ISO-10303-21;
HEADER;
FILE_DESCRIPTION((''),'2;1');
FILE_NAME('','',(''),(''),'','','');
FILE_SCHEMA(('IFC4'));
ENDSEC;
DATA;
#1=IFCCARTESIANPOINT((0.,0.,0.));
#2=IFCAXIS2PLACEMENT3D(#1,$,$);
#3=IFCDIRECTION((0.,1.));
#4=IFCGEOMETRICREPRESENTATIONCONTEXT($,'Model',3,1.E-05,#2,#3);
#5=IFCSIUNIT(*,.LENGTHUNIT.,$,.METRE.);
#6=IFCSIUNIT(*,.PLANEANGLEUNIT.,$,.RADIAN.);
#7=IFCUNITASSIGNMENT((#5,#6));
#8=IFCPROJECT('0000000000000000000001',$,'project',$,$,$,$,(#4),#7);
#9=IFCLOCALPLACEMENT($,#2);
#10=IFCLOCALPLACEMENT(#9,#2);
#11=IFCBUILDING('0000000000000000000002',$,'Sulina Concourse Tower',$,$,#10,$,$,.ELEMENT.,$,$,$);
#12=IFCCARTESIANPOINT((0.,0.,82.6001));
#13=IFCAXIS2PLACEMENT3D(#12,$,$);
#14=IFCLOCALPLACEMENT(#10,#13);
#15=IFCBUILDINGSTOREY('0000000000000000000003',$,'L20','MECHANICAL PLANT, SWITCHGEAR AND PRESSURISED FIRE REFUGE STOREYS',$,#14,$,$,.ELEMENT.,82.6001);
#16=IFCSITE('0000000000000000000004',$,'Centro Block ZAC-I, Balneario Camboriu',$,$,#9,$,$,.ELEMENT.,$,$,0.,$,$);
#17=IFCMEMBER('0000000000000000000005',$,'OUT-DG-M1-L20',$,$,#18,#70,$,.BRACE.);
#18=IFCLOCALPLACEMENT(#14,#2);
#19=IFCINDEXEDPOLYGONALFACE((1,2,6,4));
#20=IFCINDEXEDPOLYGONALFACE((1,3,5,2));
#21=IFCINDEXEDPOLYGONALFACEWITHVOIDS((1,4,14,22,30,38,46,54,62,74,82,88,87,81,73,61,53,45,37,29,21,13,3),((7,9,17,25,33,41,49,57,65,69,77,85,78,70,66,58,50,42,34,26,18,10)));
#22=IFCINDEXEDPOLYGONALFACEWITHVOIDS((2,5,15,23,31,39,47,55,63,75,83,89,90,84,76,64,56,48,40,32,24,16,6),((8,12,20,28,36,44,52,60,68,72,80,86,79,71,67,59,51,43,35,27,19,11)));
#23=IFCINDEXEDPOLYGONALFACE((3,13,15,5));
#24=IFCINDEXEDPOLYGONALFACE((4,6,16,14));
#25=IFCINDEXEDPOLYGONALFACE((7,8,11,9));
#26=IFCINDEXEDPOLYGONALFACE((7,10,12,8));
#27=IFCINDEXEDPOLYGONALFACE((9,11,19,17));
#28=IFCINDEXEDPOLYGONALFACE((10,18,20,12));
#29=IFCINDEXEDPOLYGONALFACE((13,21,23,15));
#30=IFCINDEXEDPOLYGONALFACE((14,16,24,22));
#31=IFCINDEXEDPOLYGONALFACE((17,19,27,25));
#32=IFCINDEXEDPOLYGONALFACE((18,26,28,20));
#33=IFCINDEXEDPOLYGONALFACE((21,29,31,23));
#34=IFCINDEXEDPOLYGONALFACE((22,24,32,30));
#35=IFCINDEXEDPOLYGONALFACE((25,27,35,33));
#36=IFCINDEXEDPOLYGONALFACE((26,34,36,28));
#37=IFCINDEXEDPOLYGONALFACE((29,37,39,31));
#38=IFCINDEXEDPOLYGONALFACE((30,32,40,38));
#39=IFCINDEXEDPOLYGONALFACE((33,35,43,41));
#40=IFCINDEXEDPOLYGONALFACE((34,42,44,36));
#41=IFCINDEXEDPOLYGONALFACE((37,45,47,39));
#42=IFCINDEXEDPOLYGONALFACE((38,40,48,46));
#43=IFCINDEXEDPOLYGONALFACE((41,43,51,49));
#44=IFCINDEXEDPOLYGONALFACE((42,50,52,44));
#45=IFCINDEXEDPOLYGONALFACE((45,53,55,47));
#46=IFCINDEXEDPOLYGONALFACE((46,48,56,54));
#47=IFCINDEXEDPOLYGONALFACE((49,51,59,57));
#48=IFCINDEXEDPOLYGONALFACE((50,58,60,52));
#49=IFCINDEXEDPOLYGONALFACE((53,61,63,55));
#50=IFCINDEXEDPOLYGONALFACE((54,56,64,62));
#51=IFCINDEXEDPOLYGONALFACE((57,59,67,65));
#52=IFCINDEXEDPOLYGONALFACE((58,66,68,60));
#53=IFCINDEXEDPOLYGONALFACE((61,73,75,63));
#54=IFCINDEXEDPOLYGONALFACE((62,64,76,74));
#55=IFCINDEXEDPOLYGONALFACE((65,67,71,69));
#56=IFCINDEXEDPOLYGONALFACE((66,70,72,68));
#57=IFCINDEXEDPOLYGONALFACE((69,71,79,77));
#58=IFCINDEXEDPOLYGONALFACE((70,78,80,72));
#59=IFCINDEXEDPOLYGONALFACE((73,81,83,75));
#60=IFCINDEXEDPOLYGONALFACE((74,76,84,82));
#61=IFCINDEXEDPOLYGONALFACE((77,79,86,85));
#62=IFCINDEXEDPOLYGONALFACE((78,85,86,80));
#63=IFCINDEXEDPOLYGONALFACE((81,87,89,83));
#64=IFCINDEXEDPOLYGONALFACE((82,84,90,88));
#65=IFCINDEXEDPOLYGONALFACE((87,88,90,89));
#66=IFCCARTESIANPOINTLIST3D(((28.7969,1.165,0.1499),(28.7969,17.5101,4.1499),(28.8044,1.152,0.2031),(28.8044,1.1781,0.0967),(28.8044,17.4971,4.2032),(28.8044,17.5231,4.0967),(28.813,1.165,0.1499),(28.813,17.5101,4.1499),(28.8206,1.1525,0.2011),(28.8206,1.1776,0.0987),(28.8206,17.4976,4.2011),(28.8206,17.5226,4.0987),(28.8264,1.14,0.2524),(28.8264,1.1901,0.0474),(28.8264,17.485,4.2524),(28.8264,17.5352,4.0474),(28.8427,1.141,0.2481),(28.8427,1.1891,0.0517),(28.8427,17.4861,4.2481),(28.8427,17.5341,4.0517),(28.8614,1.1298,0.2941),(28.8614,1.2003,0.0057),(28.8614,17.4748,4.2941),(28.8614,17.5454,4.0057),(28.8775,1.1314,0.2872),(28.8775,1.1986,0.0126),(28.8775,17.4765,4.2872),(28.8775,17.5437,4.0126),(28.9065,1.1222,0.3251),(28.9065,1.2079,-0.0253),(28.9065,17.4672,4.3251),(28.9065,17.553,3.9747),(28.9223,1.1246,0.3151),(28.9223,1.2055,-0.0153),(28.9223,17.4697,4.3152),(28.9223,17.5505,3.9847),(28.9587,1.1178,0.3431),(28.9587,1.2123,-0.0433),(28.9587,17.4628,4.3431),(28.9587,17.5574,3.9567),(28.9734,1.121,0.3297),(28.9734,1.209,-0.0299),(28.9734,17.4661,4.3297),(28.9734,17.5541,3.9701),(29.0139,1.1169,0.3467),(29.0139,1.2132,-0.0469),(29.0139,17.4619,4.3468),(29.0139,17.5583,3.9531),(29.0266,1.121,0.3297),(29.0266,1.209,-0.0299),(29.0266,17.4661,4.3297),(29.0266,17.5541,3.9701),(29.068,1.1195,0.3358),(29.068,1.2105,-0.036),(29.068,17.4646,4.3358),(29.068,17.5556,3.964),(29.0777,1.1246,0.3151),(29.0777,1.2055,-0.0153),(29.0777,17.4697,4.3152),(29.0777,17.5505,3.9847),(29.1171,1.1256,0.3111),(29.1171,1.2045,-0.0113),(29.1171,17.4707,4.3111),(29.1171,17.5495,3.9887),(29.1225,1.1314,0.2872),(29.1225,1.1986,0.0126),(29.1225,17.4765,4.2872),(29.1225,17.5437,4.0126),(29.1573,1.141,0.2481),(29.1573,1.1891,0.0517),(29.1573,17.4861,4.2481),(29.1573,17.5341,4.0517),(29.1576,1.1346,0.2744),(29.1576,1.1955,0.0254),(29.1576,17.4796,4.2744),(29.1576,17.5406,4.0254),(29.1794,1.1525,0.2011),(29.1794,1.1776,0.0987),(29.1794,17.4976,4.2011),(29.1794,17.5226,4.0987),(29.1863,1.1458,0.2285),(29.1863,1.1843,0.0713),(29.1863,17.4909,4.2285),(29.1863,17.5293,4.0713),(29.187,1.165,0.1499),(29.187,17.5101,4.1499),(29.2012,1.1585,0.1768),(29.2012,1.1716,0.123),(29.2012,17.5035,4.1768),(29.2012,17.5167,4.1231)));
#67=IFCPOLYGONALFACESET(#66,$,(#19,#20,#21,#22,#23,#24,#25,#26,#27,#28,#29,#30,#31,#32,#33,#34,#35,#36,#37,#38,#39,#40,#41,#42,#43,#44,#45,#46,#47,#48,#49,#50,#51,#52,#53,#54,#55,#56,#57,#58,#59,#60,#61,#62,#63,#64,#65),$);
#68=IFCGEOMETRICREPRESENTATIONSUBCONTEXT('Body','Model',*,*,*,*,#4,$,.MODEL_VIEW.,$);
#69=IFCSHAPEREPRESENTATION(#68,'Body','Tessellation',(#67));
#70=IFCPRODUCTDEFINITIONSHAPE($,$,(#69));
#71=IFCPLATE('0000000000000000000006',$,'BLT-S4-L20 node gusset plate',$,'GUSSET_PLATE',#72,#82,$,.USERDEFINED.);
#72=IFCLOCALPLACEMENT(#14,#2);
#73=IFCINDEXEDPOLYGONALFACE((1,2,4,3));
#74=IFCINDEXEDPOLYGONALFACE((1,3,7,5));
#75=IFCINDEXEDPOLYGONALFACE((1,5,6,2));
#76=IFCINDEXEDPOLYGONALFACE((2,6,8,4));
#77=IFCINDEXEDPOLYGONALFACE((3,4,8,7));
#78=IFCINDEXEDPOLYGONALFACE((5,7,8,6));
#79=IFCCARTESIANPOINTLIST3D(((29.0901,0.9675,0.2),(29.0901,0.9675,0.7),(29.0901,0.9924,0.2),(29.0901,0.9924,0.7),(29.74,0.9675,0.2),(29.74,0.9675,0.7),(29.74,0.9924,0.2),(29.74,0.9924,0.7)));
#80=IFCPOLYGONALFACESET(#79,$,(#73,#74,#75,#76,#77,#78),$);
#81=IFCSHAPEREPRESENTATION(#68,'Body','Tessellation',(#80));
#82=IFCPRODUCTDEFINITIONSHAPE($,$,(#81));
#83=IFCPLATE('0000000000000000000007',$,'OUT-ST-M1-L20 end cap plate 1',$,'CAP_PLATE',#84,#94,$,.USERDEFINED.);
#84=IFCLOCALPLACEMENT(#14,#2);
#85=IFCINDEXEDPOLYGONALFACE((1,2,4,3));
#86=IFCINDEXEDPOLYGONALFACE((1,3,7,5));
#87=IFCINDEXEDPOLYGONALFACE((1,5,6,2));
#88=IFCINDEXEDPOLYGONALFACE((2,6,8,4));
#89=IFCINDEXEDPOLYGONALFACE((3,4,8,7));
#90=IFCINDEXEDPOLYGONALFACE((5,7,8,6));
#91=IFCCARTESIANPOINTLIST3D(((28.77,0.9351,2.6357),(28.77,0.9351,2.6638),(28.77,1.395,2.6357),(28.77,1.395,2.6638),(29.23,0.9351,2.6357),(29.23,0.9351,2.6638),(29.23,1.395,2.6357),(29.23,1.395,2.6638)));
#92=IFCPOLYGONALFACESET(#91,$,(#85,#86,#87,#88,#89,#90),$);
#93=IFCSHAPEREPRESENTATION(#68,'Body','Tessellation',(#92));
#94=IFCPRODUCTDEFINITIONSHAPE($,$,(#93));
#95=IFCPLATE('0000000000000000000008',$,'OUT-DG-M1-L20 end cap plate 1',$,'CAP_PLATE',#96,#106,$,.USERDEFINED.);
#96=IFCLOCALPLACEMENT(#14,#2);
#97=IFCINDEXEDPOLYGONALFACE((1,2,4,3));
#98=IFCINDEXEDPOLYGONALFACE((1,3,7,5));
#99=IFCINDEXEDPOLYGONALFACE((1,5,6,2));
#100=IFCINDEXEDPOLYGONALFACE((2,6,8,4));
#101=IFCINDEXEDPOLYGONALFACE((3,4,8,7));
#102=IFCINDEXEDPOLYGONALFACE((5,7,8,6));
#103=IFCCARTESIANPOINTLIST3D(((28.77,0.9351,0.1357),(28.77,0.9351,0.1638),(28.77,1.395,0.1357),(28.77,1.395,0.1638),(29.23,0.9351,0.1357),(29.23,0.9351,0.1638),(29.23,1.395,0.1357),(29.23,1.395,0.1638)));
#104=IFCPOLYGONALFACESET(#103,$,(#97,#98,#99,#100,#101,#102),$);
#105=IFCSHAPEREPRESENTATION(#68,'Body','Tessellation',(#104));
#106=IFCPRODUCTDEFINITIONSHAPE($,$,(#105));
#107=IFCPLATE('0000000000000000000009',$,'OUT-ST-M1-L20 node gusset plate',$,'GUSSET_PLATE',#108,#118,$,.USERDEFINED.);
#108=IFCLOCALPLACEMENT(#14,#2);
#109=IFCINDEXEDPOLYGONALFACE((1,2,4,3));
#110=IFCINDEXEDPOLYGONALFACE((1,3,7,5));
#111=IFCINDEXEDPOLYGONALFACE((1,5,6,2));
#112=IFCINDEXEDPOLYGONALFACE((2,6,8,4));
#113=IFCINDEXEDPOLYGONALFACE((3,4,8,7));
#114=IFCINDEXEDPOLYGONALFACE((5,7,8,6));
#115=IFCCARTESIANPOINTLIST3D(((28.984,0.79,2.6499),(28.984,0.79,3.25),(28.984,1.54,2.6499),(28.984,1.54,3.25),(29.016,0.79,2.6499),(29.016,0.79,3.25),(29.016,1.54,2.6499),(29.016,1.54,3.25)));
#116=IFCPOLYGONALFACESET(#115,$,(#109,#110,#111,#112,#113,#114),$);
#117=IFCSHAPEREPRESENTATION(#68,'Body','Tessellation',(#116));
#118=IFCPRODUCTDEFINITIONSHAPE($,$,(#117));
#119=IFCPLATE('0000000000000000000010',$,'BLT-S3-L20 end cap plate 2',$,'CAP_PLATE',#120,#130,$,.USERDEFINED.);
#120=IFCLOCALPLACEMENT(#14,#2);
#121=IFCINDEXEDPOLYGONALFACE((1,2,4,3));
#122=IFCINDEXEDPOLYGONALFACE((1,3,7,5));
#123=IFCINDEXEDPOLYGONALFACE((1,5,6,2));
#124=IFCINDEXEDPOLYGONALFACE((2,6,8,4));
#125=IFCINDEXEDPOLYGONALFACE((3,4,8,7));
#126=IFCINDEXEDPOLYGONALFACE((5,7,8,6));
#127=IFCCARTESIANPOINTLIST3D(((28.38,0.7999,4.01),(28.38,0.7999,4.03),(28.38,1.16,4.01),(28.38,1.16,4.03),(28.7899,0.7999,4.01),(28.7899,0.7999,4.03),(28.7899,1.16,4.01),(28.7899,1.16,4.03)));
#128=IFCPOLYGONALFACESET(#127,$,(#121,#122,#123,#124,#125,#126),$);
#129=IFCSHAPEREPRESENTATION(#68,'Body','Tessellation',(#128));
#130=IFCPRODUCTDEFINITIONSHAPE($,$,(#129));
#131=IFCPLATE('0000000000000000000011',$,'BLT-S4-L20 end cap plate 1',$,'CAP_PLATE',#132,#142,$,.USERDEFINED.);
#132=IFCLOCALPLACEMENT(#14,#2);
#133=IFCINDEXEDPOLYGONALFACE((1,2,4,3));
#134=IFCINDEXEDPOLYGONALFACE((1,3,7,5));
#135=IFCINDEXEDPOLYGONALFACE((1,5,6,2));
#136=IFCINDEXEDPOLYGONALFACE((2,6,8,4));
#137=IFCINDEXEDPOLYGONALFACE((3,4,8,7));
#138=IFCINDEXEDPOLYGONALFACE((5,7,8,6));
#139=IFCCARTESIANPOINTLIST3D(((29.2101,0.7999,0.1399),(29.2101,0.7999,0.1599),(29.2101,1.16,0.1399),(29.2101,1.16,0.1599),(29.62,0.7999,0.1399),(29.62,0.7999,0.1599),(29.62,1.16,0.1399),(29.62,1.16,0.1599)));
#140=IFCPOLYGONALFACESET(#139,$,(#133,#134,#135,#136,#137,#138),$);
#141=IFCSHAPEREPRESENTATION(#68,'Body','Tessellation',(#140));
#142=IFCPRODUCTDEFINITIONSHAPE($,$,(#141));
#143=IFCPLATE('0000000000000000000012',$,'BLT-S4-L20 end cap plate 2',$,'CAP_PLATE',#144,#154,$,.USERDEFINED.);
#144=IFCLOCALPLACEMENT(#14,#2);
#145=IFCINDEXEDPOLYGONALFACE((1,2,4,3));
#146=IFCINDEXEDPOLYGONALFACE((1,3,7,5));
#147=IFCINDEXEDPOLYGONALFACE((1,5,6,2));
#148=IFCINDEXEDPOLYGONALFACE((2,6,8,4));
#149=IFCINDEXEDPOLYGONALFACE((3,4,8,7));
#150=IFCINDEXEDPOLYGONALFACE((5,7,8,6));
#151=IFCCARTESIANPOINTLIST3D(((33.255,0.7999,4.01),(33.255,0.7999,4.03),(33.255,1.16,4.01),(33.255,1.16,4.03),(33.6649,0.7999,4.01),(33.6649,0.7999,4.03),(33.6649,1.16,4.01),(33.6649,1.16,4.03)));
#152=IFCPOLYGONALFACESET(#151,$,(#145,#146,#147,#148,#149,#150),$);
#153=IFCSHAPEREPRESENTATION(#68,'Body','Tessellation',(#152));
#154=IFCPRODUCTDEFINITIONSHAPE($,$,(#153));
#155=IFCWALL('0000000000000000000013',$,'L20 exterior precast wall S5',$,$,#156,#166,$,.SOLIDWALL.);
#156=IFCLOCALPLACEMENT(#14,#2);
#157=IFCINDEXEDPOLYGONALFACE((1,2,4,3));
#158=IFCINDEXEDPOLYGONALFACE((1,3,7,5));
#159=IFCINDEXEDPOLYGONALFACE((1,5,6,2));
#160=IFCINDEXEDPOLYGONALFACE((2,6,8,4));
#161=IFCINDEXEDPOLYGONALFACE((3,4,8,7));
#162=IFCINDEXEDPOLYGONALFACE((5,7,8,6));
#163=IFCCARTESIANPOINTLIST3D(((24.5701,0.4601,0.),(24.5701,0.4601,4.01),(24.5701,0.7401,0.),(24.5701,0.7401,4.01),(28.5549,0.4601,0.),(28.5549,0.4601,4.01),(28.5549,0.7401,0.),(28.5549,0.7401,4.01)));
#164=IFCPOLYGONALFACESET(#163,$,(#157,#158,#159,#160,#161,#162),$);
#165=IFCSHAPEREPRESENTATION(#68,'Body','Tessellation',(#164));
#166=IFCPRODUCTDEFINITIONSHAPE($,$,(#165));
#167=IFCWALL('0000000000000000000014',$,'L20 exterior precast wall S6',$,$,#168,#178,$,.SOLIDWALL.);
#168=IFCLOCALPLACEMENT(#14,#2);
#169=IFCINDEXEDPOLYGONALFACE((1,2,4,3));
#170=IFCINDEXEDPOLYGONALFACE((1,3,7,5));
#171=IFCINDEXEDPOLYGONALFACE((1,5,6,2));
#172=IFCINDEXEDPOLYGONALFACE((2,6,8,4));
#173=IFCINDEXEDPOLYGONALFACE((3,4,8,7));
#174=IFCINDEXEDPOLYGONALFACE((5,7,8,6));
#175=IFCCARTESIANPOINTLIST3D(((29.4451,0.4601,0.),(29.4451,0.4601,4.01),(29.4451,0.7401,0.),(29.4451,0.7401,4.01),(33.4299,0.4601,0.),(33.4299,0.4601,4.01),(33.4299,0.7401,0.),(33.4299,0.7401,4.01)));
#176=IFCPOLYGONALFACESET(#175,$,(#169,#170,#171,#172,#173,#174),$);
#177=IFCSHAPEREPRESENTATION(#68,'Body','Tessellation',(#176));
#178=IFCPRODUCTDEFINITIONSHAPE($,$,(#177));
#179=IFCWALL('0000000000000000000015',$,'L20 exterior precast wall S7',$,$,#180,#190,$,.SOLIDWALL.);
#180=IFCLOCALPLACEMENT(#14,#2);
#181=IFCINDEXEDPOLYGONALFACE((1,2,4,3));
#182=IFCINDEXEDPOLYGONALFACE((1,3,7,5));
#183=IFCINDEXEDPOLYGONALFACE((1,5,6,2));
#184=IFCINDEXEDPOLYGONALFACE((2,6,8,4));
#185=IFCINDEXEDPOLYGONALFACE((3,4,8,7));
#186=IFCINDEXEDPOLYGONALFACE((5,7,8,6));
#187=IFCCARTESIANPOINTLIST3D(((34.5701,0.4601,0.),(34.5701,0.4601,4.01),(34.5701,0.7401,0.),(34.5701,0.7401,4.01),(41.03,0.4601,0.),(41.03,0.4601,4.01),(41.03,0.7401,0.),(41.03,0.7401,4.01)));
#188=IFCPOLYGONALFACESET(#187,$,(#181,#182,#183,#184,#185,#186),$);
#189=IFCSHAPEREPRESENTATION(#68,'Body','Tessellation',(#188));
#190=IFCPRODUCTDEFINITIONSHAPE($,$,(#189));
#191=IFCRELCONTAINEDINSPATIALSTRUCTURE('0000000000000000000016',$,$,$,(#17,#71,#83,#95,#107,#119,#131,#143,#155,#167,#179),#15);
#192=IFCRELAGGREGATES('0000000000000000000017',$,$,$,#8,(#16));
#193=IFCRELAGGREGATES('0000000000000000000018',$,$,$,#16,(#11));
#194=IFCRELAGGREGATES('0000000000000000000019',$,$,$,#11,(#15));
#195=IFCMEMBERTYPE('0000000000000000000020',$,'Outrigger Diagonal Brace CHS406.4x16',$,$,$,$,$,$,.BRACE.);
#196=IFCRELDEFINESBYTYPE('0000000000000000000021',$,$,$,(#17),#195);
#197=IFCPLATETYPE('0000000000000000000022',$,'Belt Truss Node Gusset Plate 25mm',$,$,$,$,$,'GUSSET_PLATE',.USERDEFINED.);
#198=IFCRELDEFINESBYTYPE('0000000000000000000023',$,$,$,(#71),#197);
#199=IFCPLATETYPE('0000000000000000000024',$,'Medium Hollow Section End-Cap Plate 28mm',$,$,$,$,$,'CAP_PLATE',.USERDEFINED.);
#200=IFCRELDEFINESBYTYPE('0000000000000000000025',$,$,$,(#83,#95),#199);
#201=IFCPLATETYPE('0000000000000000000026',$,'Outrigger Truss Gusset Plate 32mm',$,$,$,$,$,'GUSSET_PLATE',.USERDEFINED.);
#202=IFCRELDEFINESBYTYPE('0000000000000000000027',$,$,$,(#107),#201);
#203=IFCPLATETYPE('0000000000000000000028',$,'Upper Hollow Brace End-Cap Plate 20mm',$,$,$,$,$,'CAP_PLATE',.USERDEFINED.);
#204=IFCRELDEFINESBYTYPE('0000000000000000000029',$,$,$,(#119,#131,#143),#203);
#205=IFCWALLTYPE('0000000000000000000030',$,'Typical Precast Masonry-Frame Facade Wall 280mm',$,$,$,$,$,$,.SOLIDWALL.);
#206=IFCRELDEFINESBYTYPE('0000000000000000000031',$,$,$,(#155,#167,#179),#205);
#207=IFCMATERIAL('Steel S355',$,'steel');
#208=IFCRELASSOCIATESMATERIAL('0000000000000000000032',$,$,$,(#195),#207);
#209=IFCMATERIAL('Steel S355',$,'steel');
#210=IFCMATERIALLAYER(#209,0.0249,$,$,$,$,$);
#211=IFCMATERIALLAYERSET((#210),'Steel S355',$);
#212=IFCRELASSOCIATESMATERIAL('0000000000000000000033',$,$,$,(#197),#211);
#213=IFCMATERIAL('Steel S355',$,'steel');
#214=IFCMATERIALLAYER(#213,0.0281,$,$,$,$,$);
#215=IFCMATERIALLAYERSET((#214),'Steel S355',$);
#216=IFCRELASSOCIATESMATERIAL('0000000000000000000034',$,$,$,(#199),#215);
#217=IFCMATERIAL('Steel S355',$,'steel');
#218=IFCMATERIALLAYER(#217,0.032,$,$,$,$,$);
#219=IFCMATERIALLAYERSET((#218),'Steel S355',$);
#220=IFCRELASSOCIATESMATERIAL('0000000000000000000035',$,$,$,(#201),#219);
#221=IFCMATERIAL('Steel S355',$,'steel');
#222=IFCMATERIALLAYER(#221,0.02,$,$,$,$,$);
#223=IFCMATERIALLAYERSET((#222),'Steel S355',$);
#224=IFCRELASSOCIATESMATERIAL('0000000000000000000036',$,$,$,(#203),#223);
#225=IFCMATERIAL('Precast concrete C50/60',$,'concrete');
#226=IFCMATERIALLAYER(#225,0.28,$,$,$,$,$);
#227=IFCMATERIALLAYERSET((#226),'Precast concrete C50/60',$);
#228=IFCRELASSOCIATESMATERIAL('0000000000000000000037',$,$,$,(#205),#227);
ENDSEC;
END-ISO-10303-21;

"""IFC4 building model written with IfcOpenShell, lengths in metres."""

from ifc_helpers import new_model, si_unit, direction, frame, frame_2d, origin, origin_2d, place, context, subcontext, project, spatial, rectangle, hollow_circle, extrude, material, layer, layer_set, material_profile, profile_set, type_object, element, save


model = new_model("IFC4")

# Units and contexts
model_context = context("Model", 3, precision=1e-05, world=origin(), true_north=direction((0.0, 1.0)))
body_context = subcontext(model_context, "Body", "Model", "MODEL_VIEW")
ifc_project = project(units=[si_unit("LENGTHUNIT", "METRE"), si_unit("PLANEANGLEUNIT", "RADIAN")], contexts=[model_context])

# Site, building, storey
site_placement = place(None, origin())
site = spatial("IfcSite", under=ifc_project, at=site_placement, Name="Centro Block ZAC-I, Balneario Camboriu", CompositionType="ELEMENT", RefElevation=0.0)
building_placement = place(site_placement, origin())
building = spatial("IfcBuilding", under=site, at=building_placement, Name="Sulina Concourse Tower", CompositionType="ELEMENT")
storey_placement = place(building_placement, frame((0.0, 0.0, 82.6001)))
storey = spatial("IfcBuildingStorey", under=building, at=storey_placement, Name="L20", Description="MECHANICAL PLANT, SWITCHGEAR AND PRESSURISED FIRE REFUGE STOREYS", CompositionType="ELEMENT", Elevation=82.6001)

# Member
ifc_material_1 = material(Name="Steel S355", Category="steel")
ifc_material_profile_1 = material_profile(ifc_material_1, hollow_circle(Radius=0.2031, WallThickness=0.0161, at=origin_2d()), Name="CHS 406.4x16")
ifc_profile_set_1 = profile_set([ifc_material_profile_1], Name="Steel S355")
member_type_1 = type_object("IfcMemberType", Name="Outrigger Diagonal Brace CHS406.4x16", PredefinedType="BRACE", material=ifc_profile_set_1)
member_1_placement = place(storey_placement, frame((29.0, 1.165, 0.1499), z_axis=(0.0, 0.971336, 0.237709), x_axis=(-1.0, 0.0, 0.0)))
element("IfcMember", 1, at=member_1_placement, inside=storey, type_object=member_type_1, Name="OUT-DG-M1-L20", PredefinedType="BRACE", context=body_context, shape_type="SweptSolid", body=[
    extrude(hollow_circle(Radius=0.2031, WallThickness=0.0161, at=origin_2d()), origin(), (0.0, 0.0, 1.0), 16.8274),
])

# Plates
ifc_material_2 = material(Name="Steel S355", Category="steel")
ifc_layer_1 = layer(ifc_material_2, 0.0249)
ifc_layer_set_1 = layer_set([ifc_layer_1], Name="Steel S355")
plate_type_1 = type_object("IfcPlateType", Name="Belt Truss Node Gusset Plate 25mm", ElementType="GUSSET_PLATE", PredefinedType="USERDEFINED", material=ifc_layer_set_1)
plate_1_placement = place(storey_placement, frame((29.415, 0.98, 0.2), z_axis=(0.0, 0.0, 1.0), x_axis=(1.0, 0.0, 0.0)))
element("IfcPlate", 2, at=plate_1_placement, inside=storey, type_object=plate_type_1, Name="BLT-S4-L20 node gusset plate", ObjectType="GUSSET_PLATE", PredefinedType="USERDEFINED", context=body_context, shape_type="SweptSolid", body=[
    extrude(rectangle(XDim=0.6499, YDim=0.0249, at=origin_2d()), origin(), (0.0, 0.0, 1.0), 0.5),
])
ifc_material_3 = material(Name="Steel S355", Category="steel")
ifc_layer_2 = layer(ifc_material_3, 0.0281)
ifc_layer_set_2 = layer_set([ifc_layer_2], Name="Steel S355")
plate_type_2 = type_object("IfcPlateType", Name="Medium Hollow Section End-Cap Plate 28mm", ElementType="CAP_PLATE", PredefinedType="USERDEFINED", material=ifc_layer_set_2)
for number, where, z_axis, x_axis, name in (
    (3, (29.0, 1.165, 2.6357), (0.0, 0.0, 1.0), (1.0, 0.0, 0.0), "OUT-ST-M1-L20 end cap plate 1"),
    (4, (29.0, 1.165, 0.1357), (0.0, 0.0, 1.0), (1.0, 0.0, 0.0), "OUT-DG-M1-L20 end cap plate 1"),
):
    element("IfcPlate", number, at=place(storey_placement, frame(where, z_axis=z_axis, x_axis=x_axis)), inside=storey, type_object=plate_type_2, Name=name, ObjectType="CAP_PLATE", PredefinedType="USERDEFINED", context=body_context, shape_type="SweptSolid", body=[
        extrude(rectangle(XDim=0.46, YDim=0.46, at=origin_2d()), origin(), (0.0, 0.0, 1.0), 0.0281),
    ])
ifc_material_4 = material(Name="Steel S355", Category="steel")
ifc_layer_3 = layer(ifc_material_4, 0.032)
ifc_layer_set_3 = layer_set([ifc_layer_3], Name="Steel S355")
plate_type_3 = type_object("IfcPlateType", Name="Outrigger Truss Gusset Plate 32mm", ElementType="GUSSET_PLATE", PredefinedType="USERDEFINED", material=ifc_layer_set_3)
plate_2_placement = place(storey_placement, frame((29.0, 1.165, 2.6499), z_axis=(0.0, 0.0, 1.0), x_axis=(1.0, 0.0, 0.0)))
element("IfcPlate", 5, at=plate_2_placement, inside=storey, type_object=plate_type_3, Name="OUT-ST-M1-L20 node gusset plate", ObjectType="GUSSET_PLATE", PredefinedType="USERDEFINED", context=body_context, shape_type="SweptSolid", body=[
    extrude(rectangle(XDim=0.032, YDim=0.75, at=origin_2d()), origin(), (0.0, 0.0, 1.0), 0.6001),
])
ifc_material_5 = material(Name="Steel S355", Category="steel")
ifc_layer_4 = layer(ifc_material_5, 0.02)
ifc_layer_set_4 = layer_set([ifc_layer_4], Name="Steel S355")
plate_type_4 = type_object("IfcPlateType", Name="Upper Hollow Brace End-Cap Plate 20mm", ElementType="CAP_PLATE", PredefinedType="USERDEFINED", material=ifc_layer_set_4)
for number, where, z_axis, x_axis, name in (
    (6, (28.585, 0.98, 4.01), (0.0, 0.0, 1.0), (1.0, 0.0, 0.0), "BLT-S3-L20 end cap plate 2"),
    (7, (29.415, 0.98, 0.1399), (0.0, 0.0, 1.0), (1.0, 0.0, 0.0), "BLT-S4-L20 end cap plate 1"),
    (8, (33.46, 0.98, 4.01), (0.0, 0.0, 1.0), (1.0, 0.0, 0.0), "BLT-S4-L20 end cap plate 2"),
):
    element("IfcPlate", number, at=place(storey_placement, frame(where, z_axis=z_axis, x_axis=x_axis)), inside=storey, type_object=plate_type_4, Name=name, ObjectType="CAP_PLATE", PredefinedType="USERDEFINED", context=body_context, shape_type="SweptSolid", body=[
        extrude(rectangle(XDim=0.4099, YDim=0.3601, at=origin_2d()), origin(), (0.0, 0.0, 1.0), 0.02),
    ])

# Walls
ifc_material_6 = material(Name="Precast concrete C50/60", Category="concrete")
ifc_layer_5 = layer(ifc_material_6, 0.28)
ifc_layer_set_5 = layer_set([ifc_layer_5], Name="Precast concrete C50/60")
wall_type = type_object("IfcWallType", Name="Typical Precast Masonry-Frame Facade Wall 280mm", PredefinedType="SOLIDWALL", material=ifc_layer_set_5)
for number, where, z_axis, x_axis, name in (
    (9, (28.5549, 0.6001, 0.0), (0.0, 0.0, 1.0), (-1.0, 0.0, 0.0), "L20 exterior precast wall S5"),
    (10, (33.4299, 0.6001, 0.0), (0.0, 0.0, 1.0), (-1.0, 0.0, 0.0), "L20 exterior precast wall S6"),
):
    element("IfcWall", number, at=place(storey_placement, frame(where, z_axis=z_axis, x_axis=x_axis)), inside=storey, type_object=wall_type, Name=name, PredefinedType="SOLIDWALL", context=body_context, shape_type="SweptSolid", body=[
        extrude(rectangle(XDim=3.9849, YDim=0.28, at=frame_2d((1.9924, 0.0))), origin(), (0.0, 0.0, 1.0), 4.01),
    ])
wall_placement = place(storey_placement, frame((41.03, 0.6001, 0.0), z_axis=(0.0, 0.0, 1.0), x_axis=(-1.0, 0.0, 0.0)))
element("IfcWall", 11, at=wall_placement, inside=storey, type_object=wall_type, Name="L20 exterior precast wall S7", PredefinedType="SOLIDWALL", context=body_context, shape_type="SweptSolid", body=[
    extrude(rectangle(XDim=6.46, YDim=0.28, at=frame_2d((3.23, 0.0))), origin(), (0.0, 0.0, 1.0), 4.01),
])

save(model, "model.ifc")
